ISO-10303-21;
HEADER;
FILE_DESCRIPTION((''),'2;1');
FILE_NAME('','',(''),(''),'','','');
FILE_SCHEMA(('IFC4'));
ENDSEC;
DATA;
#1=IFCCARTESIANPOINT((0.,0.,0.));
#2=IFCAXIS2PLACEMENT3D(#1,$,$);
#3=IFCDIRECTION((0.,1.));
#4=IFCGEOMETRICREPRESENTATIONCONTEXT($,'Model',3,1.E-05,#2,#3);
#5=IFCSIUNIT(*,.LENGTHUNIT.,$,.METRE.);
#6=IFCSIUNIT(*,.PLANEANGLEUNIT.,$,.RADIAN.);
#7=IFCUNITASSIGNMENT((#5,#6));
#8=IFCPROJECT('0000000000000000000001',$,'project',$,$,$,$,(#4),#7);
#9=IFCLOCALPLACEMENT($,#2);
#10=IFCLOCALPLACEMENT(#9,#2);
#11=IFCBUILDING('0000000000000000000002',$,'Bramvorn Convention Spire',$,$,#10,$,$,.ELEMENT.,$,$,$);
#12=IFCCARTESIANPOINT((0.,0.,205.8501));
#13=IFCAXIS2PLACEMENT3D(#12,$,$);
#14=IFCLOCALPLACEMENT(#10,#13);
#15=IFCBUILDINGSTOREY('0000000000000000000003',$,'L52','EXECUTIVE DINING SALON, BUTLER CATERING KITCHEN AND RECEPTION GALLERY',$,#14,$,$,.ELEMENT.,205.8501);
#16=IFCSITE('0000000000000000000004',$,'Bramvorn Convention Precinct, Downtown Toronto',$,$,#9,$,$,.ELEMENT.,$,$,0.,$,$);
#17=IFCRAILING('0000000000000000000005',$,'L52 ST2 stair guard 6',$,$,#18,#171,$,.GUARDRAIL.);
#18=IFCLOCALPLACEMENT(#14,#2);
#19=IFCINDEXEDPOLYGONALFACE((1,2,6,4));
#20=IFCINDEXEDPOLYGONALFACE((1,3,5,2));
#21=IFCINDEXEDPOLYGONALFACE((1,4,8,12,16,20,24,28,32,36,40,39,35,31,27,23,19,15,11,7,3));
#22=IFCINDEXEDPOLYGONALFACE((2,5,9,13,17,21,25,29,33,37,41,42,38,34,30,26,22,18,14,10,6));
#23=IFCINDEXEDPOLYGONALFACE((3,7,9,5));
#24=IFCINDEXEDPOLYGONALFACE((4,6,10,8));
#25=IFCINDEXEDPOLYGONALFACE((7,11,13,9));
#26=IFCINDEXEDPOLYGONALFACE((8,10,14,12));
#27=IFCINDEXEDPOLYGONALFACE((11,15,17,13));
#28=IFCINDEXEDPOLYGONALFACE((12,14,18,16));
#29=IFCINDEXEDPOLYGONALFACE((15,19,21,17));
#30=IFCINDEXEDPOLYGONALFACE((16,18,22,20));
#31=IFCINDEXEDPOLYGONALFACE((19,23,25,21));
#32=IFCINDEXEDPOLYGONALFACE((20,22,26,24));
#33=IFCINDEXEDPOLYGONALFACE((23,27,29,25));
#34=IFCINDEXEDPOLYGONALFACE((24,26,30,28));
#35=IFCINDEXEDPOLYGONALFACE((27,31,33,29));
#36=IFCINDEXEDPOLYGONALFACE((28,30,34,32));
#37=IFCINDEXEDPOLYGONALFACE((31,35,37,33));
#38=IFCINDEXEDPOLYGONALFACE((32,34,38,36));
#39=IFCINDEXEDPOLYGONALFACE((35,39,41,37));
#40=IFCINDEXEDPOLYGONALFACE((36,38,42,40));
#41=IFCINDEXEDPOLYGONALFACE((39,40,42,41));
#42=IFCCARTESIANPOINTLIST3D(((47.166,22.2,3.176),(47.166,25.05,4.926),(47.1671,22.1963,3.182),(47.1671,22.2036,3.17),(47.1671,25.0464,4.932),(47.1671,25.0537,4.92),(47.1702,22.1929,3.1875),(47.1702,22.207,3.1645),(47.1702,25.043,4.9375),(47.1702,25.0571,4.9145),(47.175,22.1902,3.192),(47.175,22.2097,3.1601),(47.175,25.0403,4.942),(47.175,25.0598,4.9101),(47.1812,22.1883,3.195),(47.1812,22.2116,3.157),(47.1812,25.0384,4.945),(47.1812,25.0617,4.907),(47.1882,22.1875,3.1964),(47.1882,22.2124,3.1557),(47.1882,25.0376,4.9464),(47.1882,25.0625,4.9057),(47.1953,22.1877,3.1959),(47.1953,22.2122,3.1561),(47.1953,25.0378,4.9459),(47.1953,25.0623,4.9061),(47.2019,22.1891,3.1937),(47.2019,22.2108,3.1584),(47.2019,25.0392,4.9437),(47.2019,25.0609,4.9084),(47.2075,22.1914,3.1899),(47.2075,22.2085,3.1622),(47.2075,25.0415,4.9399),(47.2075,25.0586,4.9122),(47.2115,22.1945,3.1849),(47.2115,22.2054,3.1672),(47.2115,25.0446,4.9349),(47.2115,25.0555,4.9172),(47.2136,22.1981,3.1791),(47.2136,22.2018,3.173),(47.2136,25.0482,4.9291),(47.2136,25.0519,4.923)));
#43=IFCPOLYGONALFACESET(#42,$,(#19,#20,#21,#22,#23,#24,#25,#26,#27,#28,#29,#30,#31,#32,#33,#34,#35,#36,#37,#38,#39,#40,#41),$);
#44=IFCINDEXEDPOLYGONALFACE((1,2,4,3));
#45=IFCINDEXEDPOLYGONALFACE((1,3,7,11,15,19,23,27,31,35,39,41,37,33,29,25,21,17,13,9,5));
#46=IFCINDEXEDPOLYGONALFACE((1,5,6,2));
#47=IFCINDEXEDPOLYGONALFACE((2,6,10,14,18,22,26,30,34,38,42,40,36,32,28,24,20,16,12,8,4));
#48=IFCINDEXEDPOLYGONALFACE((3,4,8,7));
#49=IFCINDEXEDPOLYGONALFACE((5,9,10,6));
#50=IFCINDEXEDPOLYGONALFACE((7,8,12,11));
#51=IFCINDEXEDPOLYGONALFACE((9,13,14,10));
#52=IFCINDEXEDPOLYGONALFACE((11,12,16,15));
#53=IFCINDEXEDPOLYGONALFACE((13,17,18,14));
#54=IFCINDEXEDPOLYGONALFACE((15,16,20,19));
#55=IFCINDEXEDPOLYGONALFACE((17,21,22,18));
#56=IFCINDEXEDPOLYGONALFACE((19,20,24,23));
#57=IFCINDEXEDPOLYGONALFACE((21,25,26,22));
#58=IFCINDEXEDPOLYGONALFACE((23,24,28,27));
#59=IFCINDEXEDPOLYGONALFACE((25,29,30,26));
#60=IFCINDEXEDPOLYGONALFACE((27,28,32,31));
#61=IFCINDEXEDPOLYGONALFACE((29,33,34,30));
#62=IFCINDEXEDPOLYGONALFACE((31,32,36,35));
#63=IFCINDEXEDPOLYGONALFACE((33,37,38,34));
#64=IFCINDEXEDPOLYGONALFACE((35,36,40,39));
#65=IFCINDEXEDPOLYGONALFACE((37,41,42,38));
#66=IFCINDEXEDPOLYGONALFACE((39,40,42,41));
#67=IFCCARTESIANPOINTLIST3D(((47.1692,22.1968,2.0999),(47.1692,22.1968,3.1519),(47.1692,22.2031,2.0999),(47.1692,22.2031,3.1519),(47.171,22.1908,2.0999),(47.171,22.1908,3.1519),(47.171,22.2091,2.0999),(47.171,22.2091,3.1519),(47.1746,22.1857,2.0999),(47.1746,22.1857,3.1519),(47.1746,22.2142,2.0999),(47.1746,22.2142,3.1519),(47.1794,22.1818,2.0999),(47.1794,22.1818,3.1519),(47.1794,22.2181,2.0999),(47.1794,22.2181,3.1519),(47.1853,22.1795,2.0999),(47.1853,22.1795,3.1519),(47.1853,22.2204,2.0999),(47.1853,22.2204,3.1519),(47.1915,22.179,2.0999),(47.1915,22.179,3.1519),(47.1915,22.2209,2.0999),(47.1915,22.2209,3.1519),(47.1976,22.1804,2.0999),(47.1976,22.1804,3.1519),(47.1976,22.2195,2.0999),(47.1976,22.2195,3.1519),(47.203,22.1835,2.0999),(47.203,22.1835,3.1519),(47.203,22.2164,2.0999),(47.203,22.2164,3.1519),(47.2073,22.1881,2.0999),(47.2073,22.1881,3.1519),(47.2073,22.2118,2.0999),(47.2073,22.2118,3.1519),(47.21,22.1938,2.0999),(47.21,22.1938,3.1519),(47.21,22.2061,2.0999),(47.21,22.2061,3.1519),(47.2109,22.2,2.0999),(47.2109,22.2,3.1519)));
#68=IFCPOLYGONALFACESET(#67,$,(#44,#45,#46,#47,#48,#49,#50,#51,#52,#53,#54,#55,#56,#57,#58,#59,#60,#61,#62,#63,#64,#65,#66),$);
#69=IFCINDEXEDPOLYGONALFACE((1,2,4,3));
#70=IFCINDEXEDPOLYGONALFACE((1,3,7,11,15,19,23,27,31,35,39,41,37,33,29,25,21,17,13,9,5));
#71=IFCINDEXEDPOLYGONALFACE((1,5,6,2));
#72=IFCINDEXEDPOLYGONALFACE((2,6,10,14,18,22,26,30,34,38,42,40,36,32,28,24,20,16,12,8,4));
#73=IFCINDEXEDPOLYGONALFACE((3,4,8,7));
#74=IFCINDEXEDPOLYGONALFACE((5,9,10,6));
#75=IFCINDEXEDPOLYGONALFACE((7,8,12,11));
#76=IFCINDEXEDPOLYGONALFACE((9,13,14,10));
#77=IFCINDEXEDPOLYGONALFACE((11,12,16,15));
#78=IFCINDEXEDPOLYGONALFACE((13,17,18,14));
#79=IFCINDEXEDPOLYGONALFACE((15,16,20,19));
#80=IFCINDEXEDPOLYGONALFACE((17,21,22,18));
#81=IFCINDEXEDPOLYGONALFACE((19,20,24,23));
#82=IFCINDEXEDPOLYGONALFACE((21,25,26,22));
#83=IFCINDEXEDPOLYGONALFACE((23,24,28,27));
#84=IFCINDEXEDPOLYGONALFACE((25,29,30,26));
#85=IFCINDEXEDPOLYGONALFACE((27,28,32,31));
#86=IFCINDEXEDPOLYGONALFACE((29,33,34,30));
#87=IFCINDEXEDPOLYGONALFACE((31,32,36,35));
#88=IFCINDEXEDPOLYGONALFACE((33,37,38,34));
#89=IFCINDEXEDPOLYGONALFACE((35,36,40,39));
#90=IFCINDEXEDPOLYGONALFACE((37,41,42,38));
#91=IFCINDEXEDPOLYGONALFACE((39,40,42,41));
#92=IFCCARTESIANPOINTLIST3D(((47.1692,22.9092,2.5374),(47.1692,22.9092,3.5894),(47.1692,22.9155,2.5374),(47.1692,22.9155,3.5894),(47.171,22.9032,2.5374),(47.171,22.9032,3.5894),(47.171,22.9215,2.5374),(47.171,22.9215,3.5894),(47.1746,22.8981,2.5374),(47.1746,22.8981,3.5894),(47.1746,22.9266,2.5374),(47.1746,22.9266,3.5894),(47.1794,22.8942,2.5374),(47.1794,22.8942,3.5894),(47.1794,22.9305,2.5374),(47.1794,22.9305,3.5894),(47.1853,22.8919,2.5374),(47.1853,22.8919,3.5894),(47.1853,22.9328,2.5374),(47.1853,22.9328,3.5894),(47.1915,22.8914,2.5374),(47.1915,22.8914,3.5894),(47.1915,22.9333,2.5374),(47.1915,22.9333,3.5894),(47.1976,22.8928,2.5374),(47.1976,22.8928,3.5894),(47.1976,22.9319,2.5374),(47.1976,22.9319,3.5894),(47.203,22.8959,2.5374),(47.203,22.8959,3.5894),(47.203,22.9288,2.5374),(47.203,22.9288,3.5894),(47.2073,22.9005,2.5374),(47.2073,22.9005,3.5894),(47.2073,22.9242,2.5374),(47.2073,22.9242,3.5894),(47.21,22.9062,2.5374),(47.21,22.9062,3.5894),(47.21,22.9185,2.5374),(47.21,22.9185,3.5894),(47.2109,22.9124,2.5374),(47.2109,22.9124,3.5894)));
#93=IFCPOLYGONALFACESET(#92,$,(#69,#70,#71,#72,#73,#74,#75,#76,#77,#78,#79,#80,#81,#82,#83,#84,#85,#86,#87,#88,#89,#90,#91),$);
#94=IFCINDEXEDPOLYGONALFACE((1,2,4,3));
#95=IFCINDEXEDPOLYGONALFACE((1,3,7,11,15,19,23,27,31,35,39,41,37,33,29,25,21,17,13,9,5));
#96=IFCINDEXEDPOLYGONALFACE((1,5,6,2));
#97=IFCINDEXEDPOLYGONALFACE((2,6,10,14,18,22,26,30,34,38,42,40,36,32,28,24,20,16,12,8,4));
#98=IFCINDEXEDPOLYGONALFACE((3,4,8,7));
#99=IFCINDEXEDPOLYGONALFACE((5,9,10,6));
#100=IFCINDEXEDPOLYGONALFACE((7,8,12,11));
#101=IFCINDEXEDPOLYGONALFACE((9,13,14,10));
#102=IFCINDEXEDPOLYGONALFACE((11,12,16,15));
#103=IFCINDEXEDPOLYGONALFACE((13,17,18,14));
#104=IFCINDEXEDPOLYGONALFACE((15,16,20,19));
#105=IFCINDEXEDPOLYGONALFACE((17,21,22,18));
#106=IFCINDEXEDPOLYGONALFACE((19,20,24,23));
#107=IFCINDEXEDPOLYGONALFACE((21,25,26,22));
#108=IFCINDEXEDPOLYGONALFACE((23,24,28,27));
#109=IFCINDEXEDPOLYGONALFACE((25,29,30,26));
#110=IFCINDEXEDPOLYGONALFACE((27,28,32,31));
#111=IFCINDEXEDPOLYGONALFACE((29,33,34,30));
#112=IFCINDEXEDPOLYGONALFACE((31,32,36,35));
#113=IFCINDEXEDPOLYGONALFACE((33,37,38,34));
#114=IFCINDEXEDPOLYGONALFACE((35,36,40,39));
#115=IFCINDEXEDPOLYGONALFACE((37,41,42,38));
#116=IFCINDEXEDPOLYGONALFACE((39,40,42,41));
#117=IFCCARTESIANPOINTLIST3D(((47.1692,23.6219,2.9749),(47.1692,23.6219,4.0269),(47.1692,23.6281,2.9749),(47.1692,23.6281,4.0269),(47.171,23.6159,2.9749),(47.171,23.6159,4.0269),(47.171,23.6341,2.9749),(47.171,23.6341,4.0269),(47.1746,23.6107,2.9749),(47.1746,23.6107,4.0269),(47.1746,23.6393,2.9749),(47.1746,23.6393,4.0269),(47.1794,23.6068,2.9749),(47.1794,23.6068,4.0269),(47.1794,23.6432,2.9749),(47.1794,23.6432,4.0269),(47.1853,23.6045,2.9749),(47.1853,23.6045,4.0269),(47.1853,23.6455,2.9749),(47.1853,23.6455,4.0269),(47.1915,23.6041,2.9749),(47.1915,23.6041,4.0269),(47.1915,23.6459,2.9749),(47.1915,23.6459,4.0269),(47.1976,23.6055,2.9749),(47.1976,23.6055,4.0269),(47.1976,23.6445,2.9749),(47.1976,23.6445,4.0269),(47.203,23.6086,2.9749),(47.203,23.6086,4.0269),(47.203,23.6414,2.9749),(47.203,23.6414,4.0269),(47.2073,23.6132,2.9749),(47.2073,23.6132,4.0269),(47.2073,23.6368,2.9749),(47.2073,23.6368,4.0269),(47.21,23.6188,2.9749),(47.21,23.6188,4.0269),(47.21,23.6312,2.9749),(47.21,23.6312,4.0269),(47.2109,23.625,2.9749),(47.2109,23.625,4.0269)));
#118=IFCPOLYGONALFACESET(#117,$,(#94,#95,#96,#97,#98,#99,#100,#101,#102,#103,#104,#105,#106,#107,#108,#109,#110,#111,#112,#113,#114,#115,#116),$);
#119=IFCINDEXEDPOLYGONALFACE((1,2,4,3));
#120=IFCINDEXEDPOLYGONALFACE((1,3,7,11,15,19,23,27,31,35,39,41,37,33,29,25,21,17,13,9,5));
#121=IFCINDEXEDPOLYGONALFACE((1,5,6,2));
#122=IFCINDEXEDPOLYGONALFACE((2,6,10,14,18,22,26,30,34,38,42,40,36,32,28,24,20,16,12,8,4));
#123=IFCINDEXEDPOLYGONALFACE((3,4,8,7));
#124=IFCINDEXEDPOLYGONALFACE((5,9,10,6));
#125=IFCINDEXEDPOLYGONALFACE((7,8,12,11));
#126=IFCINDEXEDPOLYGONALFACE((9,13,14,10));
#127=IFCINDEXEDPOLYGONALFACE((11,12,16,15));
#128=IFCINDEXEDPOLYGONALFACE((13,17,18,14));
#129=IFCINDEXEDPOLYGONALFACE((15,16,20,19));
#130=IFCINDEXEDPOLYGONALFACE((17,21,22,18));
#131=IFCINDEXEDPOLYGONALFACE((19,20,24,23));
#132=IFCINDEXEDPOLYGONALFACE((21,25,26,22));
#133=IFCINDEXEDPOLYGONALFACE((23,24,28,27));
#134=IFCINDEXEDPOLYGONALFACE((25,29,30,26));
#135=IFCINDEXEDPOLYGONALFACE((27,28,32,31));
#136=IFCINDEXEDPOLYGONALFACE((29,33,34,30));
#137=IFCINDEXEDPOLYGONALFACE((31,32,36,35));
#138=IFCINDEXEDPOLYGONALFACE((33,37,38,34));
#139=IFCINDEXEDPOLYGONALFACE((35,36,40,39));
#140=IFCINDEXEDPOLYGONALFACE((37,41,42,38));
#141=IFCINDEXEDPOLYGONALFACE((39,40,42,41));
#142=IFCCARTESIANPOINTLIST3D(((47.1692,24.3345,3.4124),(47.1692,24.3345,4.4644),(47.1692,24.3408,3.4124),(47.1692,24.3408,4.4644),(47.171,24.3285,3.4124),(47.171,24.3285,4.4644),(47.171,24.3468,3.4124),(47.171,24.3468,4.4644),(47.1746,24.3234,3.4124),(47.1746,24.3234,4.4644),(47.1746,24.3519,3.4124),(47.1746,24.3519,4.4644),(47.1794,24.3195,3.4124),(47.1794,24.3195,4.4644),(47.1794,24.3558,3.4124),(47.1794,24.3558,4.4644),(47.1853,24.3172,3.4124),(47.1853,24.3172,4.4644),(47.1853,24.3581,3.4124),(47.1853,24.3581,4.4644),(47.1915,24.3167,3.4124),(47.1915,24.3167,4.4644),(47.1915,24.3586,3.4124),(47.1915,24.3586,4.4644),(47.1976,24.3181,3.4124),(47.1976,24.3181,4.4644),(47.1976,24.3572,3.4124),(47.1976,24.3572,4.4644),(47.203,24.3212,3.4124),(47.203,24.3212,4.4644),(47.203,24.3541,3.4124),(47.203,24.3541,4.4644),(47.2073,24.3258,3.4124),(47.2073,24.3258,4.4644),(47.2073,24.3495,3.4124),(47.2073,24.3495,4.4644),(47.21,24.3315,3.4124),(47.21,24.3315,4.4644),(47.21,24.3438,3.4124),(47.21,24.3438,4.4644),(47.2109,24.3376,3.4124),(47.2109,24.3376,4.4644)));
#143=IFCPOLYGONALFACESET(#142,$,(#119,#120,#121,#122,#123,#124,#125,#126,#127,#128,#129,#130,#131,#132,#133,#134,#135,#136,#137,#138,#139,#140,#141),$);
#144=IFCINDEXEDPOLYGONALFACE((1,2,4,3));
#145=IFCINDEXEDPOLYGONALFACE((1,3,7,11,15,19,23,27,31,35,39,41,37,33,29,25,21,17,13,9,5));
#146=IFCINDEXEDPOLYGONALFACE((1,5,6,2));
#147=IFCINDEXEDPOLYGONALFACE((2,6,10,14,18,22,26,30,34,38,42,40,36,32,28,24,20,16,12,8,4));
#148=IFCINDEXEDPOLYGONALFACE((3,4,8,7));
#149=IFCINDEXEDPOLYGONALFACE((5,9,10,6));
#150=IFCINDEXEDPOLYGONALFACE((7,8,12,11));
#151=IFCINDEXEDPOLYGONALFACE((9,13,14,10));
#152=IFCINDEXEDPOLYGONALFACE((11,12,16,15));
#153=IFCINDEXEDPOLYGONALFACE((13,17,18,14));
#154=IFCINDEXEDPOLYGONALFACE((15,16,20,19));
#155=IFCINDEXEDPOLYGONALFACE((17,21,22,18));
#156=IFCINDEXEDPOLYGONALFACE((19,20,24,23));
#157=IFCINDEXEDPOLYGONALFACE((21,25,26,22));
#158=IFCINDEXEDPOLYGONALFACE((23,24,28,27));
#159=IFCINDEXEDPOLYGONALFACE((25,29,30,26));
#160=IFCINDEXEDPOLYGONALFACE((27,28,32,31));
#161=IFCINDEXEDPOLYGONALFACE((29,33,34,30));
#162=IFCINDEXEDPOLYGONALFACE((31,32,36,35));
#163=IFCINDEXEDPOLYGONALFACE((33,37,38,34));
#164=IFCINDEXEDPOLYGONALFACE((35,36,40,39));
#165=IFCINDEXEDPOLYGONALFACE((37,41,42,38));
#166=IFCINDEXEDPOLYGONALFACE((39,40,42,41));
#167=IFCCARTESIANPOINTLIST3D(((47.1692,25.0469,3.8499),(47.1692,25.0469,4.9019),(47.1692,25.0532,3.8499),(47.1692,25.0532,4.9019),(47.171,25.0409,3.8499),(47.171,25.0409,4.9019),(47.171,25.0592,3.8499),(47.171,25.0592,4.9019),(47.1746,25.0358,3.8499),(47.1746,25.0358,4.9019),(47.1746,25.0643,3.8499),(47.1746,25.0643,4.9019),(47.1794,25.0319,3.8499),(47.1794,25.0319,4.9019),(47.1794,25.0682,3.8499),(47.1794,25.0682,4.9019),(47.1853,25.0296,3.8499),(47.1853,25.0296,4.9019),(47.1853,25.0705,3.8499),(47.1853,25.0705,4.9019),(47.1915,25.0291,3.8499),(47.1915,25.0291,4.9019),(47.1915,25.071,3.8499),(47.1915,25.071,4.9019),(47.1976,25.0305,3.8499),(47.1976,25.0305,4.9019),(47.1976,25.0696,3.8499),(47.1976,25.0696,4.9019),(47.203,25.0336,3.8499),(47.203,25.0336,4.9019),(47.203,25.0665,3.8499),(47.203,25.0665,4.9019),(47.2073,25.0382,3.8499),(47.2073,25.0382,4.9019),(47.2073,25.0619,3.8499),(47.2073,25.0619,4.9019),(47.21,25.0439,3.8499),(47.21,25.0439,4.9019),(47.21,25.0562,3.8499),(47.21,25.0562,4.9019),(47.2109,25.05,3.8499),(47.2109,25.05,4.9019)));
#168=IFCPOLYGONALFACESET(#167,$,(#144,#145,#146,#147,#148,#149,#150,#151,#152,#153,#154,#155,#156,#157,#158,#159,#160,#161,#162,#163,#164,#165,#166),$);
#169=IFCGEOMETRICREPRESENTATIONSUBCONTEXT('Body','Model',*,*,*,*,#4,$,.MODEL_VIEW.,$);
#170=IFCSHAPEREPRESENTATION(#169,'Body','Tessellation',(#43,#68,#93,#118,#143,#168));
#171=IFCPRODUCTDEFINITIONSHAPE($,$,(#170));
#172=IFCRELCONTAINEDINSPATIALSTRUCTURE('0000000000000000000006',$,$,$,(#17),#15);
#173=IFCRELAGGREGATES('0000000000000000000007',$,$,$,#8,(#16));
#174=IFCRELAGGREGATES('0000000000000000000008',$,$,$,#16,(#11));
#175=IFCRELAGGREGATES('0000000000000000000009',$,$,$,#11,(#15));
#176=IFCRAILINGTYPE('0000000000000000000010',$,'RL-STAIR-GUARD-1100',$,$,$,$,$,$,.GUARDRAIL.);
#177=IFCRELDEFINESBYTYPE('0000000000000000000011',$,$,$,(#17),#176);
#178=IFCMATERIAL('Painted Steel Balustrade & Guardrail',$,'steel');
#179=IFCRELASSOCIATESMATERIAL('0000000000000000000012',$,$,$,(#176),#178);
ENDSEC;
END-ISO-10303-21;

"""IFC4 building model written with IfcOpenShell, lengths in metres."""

from ifc_helpers import new_model, si_unit, direction, frame, origin, origin_2d, place, context, subcontext, project, spatial, circle, extrude, material, type_object, element, save


model = new_model("IFC4")

# Units and contexts
model_context = context("Model", 3, precision=1e-05, world=origin(), true_north=direction((0.0, 1.0)))
body_context = subcontext(model_context, "Body", "Model", "MODEL_VIEW")
ifc_project = project(units=[si_unit("LENGTHUNIT", "METRE"), si_unit("PLANEANGLEUNIT", "RADIAN")], contexts=[model_context])

# Site, building, storey
site_placement = place(None, origin())
site = spatial("IfcSite", under=ifc_project, at=site_placement, Name="Bramvorn Convention Precinct, Downtown Toronto", CompositionType="ELEMENT", RefElevation=0.0)
building_placement = place(site_placement, origin())
building = spatial("IfcBuilding", under=site, at=building_placement, Name="Bramvorn Convention Spire", CompositionType="ELEMENT")
storey_placement = place(building_placement, frame((0.0, 0.0, 205.8501)))
storey = spatial("IfcBuildingStorey", under=building, at=storey_placement, Name="L52", Description="EXECUTIVE DINING SALON, BUTLER CATERING KITCHEN AND RECEPTION GALLERY", CompositionType="ELEMENT", Elevation=205.8501)

# Railing
ifc_material_1 = material(Name="Painted Steel Balustrade & Guardrail", Category="steel")
railing_type_1 = type_object("IfcRailingType", Name="RL-STAIR-GUARD-1100", PredefinedType="GUARDRAIL", material=ifc_material_1)
railing_1_placement = place(storey_placement, frame((47.1899, 22.2, 2.0999)))
element("IfcRailing", 1, at=railing_1_placement, inside=storey, type_object=railing_type_1, Name="L52 ST2 stair guard 6", PredefinedType="GUARDRAIL", context=body_context, shape_type="SweptSolid", body=[
    extrude(circle(Radius=0.0239, at=origin_2d()), frame((0.0, 0.0, 1.0762), z_axis=(0.0, 0.852179, 0.52325), x_axis=(-1.0, 0.0, 0.0)), (0.0, 0.0, 1.0), 3.3445),
    extrude(circle(Radius=0.021, at=origin_2d()), origin(), (0.0, 0.0, 1.0), 1.052),
    extrude(circle(Radius=0.021, at=origin_2d()), frame((0.0, 0.7124, 0.4375)), (0.0, 0.0, 1.0), 1.052),
    extrude(circle(Radius=0.021, at=origin_2d()), frame((0.0, 1.425, 0.875)), (0.0, 0.0, 1.0), 1.052),
    extrude(circle(Radius=0.021, at=origin_2d()), frame((0.0, 2.1377, 1.3125)), (0.0, 0.0, 1.0), 1.052),
    extrude(circle(Radius=0.021, at=origin_2d()), frame((0.0, 2.8501, 1.75)), (0.0, 0.0, 1.0), 1.052),
])

save(model, "model.ifc")
